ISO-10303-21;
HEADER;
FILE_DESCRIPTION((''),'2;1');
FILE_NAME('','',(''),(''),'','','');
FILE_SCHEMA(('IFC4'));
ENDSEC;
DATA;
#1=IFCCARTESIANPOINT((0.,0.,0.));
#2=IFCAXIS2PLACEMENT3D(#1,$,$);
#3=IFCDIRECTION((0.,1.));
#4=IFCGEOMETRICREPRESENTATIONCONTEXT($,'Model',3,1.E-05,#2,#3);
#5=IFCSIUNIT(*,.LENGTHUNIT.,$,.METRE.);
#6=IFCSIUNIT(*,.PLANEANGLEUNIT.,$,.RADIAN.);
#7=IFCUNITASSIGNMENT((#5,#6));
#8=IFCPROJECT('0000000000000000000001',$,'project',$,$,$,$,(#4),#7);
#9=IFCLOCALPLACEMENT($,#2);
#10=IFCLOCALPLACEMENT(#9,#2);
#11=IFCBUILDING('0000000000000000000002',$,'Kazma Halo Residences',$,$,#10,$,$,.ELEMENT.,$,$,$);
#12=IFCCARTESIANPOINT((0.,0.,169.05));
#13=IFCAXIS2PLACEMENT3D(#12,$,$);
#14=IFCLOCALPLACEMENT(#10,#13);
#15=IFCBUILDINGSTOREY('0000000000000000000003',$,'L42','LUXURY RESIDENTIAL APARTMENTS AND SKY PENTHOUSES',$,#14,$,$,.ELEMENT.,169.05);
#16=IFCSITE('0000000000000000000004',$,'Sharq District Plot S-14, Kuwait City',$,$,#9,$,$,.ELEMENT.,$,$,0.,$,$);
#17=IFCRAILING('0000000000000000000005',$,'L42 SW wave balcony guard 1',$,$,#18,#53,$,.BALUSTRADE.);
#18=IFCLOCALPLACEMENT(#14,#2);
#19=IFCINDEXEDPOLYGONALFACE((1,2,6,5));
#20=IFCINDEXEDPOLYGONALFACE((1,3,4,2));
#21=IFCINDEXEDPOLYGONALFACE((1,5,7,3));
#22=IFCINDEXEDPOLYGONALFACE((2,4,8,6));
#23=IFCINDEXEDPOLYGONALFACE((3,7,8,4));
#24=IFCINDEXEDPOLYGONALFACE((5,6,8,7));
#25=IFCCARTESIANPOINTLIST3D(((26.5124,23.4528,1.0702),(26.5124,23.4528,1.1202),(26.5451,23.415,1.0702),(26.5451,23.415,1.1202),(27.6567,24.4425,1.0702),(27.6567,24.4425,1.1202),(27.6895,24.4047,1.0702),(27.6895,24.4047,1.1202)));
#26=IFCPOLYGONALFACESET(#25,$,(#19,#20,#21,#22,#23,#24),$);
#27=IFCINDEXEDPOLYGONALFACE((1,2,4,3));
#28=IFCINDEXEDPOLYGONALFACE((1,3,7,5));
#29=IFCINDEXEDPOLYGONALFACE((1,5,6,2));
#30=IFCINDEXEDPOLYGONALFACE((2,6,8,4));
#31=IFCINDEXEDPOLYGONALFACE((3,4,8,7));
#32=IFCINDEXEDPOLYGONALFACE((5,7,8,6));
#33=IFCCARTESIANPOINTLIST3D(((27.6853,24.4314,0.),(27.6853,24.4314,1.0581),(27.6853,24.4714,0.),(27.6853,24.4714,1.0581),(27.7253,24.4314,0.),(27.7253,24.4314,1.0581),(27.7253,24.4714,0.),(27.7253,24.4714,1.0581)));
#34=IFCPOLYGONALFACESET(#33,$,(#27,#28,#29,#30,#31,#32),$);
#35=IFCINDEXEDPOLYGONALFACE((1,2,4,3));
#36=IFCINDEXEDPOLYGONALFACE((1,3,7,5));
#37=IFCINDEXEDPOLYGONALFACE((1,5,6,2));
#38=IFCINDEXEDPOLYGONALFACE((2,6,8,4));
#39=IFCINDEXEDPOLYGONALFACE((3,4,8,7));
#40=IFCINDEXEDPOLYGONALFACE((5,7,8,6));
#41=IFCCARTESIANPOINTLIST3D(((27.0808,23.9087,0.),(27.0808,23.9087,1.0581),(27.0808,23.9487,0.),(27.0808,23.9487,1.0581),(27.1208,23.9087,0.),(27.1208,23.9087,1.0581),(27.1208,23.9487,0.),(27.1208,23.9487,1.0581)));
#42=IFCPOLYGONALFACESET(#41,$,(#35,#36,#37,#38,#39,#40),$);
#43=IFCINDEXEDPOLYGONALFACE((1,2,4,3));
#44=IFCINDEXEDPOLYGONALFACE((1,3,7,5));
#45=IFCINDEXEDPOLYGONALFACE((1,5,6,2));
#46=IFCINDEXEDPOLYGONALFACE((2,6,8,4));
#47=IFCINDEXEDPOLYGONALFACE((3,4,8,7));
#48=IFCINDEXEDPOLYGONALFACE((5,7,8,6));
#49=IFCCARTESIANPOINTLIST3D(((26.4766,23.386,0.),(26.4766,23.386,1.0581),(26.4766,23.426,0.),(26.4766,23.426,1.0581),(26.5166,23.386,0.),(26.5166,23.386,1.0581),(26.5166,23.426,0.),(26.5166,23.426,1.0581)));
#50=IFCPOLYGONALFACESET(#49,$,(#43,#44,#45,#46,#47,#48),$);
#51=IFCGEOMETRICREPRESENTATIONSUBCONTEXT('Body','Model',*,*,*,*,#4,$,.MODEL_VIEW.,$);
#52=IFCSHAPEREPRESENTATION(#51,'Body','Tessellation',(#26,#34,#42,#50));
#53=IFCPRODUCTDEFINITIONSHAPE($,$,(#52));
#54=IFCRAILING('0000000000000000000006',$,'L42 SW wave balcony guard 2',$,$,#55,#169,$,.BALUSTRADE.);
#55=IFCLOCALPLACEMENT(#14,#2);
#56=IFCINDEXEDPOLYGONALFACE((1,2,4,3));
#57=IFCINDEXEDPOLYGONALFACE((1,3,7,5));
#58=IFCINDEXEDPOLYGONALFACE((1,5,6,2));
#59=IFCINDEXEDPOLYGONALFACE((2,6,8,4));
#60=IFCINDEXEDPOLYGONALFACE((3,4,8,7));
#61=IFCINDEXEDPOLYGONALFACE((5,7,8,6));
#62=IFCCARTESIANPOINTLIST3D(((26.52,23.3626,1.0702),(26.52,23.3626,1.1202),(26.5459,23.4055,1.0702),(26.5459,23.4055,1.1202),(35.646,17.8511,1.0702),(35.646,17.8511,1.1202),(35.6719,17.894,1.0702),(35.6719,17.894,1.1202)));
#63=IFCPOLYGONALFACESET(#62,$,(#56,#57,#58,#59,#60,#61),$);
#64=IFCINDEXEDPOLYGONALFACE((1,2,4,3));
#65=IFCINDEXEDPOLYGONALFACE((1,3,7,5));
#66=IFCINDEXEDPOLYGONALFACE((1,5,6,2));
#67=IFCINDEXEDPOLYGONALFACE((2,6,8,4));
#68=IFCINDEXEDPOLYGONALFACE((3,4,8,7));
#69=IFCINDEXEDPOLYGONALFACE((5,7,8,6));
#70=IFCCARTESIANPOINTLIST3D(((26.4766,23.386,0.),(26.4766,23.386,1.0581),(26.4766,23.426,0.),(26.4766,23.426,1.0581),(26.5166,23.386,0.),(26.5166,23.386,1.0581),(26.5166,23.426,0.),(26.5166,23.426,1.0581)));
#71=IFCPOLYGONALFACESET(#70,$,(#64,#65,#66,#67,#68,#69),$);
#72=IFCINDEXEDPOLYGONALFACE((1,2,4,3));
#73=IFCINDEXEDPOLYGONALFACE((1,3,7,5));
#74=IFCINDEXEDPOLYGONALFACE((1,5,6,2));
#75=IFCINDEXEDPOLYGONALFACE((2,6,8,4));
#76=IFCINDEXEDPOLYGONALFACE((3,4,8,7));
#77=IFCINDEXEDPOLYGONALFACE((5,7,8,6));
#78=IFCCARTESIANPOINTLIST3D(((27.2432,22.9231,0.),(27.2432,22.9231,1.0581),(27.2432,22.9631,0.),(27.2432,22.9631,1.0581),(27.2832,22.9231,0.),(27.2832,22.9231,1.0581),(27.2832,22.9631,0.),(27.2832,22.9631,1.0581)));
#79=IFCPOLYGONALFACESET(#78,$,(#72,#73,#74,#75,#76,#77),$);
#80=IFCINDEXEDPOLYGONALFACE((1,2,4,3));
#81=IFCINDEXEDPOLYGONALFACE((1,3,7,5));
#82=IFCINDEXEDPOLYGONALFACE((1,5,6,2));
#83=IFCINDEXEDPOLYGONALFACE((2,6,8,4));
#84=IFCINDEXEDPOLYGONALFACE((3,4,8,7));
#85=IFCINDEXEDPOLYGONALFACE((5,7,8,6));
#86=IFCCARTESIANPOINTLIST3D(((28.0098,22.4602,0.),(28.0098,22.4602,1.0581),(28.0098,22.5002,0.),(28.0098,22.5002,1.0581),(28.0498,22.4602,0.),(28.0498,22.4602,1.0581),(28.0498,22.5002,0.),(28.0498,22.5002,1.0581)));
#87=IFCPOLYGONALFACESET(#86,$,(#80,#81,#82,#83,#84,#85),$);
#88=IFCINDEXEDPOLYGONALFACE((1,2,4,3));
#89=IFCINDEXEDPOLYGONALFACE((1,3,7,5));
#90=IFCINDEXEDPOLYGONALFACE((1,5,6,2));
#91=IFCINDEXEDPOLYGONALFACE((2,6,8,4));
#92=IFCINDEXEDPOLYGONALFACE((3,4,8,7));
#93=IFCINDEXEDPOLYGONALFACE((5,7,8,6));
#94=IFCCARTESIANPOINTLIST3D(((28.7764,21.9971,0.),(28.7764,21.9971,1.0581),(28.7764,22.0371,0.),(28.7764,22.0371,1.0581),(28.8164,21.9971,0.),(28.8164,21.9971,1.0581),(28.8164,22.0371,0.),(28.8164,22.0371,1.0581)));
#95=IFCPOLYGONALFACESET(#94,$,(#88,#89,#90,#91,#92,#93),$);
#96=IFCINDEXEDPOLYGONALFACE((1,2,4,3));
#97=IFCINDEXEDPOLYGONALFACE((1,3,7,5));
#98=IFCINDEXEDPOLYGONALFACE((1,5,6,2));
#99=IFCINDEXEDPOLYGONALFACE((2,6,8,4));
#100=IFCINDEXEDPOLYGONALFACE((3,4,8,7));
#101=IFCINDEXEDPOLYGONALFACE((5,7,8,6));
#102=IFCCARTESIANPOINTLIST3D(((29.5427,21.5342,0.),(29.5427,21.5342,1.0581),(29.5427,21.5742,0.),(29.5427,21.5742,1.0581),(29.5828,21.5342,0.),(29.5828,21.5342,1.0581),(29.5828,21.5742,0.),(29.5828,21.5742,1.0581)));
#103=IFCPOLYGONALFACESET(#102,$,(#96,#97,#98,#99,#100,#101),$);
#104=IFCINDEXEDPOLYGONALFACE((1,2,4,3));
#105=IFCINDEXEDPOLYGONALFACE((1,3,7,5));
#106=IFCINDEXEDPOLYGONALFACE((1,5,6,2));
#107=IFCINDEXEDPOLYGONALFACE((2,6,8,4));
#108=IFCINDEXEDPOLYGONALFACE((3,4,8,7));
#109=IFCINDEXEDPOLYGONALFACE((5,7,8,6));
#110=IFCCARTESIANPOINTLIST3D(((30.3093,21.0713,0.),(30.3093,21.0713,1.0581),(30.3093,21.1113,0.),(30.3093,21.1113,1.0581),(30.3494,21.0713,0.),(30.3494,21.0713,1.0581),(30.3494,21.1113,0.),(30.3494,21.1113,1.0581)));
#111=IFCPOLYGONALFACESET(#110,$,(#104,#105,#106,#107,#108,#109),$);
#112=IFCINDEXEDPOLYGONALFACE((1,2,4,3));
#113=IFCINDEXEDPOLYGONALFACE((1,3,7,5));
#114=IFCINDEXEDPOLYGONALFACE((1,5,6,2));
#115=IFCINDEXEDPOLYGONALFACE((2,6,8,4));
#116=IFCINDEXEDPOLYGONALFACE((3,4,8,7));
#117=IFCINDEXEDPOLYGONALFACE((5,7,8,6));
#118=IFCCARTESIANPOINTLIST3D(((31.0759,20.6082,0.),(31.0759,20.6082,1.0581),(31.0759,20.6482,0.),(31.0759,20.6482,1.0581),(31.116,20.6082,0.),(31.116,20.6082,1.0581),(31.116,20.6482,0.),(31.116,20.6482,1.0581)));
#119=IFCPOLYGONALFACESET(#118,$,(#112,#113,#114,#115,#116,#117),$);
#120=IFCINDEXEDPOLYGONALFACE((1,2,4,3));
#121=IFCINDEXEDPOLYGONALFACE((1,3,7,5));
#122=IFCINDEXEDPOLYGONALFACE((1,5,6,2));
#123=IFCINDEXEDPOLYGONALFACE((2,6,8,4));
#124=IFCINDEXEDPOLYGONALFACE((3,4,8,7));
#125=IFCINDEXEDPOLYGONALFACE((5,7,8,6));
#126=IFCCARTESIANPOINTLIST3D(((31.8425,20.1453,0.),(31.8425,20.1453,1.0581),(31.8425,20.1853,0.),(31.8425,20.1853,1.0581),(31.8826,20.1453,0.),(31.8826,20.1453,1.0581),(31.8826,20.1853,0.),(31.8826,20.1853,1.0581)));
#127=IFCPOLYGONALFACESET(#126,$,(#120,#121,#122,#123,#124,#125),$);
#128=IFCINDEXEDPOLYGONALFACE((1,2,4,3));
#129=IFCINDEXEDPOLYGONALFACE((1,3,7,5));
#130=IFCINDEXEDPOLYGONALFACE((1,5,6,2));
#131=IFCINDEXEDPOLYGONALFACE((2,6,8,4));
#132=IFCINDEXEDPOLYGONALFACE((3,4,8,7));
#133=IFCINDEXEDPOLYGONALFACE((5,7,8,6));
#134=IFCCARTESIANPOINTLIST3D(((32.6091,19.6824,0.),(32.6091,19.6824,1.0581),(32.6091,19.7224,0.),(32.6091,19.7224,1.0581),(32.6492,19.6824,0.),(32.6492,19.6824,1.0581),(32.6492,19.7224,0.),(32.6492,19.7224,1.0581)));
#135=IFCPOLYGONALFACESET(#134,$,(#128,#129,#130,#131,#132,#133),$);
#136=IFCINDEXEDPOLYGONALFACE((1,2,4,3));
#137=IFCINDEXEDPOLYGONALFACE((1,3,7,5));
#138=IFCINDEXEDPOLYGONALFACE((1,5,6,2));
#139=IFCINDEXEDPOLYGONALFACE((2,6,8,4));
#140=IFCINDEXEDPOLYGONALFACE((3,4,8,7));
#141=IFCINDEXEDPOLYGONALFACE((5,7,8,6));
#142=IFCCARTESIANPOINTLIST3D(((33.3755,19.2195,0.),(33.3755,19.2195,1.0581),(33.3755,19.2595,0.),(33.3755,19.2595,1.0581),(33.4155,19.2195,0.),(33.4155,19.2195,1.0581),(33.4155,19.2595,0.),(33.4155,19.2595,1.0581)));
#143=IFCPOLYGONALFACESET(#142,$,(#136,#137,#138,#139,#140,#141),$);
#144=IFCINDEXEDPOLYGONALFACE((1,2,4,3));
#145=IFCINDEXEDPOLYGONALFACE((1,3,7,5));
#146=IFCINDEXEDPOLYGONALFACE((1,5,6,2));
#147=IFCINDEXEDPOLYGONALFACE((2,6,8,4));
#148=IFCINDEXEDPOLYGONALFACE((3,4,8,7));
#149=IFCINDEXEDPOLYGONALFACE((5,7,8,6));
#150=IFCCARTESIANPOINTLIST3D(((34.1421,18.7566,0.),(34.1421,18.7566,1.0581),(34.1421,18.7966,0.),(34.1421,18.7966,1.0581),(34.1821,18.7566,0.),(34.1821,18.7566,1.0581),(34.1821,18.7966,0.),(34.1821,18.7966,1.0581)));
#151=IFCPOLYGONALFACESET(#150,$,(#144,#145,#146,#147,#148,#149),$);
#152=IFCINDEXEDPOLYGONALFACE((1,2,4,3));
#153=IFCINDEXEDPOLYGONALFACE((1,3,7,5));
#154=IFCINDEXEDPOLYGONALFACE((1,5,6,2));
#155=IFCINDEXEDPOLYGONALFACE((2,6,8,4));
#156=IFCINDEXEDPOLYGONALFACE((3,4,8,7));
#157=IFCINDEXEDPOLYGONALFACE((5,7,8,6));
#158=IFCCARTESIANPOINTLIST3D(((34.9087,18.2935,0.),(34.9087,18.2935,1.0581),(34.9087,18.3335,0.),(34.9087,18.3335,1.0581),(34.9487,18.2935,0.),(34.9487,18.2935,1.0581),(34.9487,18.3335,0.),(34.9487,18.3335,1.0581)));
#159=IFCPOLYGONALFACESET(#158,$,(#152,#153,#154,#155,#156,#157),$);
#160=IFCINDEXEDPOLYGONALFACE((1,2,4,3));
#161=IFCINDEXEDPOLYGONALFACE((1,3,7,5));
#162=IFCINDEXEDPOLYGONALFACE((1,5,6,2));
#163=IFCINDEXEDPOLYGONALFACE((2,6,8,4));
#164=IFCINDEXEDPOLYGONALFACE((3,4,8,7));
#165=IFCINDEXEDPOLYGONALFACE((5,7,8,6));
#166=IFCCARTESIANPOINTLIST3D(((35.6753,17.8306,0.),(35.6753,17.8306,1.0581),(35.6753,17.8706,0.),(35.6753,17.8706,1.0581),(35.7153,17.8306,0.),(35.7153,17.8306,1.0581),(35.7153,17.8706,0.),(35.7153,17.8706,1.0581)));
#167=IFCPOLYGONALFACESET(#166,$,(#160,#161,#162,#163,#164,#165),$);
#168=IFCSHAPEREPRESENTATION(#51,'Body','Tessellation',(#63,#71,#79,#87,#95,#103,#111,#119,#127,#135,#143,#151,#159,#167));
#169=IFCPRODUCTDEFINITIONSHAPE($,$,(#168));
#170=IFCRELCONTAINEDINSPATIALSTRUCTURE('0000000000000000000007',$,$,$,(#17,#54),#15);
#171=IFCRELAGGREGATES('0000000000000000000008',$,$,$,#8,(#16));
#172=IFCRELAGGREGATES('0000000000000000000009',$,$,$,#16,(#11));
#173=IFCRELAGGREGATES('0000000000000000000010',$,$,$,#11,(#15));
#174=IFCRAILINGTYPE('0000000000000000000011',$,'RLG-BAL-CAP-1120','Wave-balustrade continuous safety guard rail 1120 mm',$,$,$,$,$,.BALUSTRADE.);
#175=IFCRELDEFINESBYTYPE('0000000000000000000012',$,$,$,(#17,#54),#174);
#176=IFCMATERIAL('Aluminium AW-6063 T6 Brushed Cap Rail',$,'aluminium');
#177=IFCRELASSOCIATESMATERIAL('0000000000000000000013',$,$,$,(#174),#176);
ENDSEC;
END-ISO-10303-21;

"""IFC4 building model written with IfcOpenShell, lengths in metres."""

from ifc_helpers import new_model, si_unit, direction, frame, origin, origin_2d, place, context, subcontext, project, spatial, rectangle, extrude, material, type_object, element, save


model = new_model("IFC4")

# Units and contexts
model_context = context("Model", 3, precision=1e-05, world=origin(), true_north=direction((0.0, 1.0)))
body_context = subcontext(model_context, "Body", "Model", "MODEL_VIEW")
ifc_project = project(units=[si_unit("LENGTHUNIT", "METRE"), si_unit("PLANEANGLEUNIT", "RADIAN")], contexts=[model_context])

# Site, building, storey
site_placement = place(None, origin())
site = spatial("IfcSite", under=ifc_project, at=site_placement, Name="Sharq District Plot S-14, Kuwait City", CompositionType="ELEMENT", RefElevation=0.0)
building_placement = place(site_placement, origin())
building = spatial("IfcBuilding", under=site, at=building_placement, Name="Kazma Halo Residences", CompositionType="ELEMENT")
storey_placement = place(building_placement, frame((0.0, 0.0, 169.05)))
storey = spatial("IfcBuildingStorey", under=building, at=storey_placement, Name="L42", Description="LUXURY RESIDENTIAL APARTMENTS AND SKY PENTHOUSES", CompositionType="ELEMENT", Elevation=169.05)

# Railings
ifc_material_1 = material(Name="Aluminium AW-6063 T6 Brushed Cap Rail", Category="aluminium")
railing_type = type_object("IfcRailingType", Name="RLG-BAL-CAP-1120", Description="Wave-balustrade continuous safety guard rail 1120 mm", PredefinedType="BALUSTRADE", material=ifc_material_1)
railing_1_placement = place(storey_placement, frame((27.7053, 24.4514, 0.0)))
element("IfcRailing", 1, at=railing_1_placement, inside=storey, type_object=railing_type, Name="L42 SW wave balcony guard 1", PredefinedType="BALUSTRADE", context=body_context, shape_type="SweptSolid", body=[
    extrude(rectangle(XDim=0.05, YDim=0.05, at=origin_2d()), frame((-0.0322, -0.0278, 1.0952), z_axis=(-0.756359, -0.654157, 0.0), x_axis=(0.654157, -0.756359, 0.0)), (0.0, 0.0, 1.0), 1.5129),
    extrude(rectangle(XDim=0.04, YDim=0.04, at=origin_2d()), origin(), (0.0, 0.0, 1.0), 1.0581),
    extrude(rectangle(XDim=0.04, YDim=0.04, at=origin_2d()), frame((-0.6045, -0.5227, 0.0)), (0.0, 0.0, 1.0), 1.0581),
    extrude(rectangle(XDim=0.04, YDim=0.04, at=origin_2d()), frame((-1.2087, -1.0454, 0.0)), (0.0, 0.0, 1.0), 1.0581),
])
railing_2_placement = place(storey_placement, frame((26.4966, 23.406, 0.0)))
element("IfcRailing", 2, at=railing_2_placement, inside=storey, type_object=railing_type, Name="L42 SW wave balcony guard 2", PredefinedType="BALUSTRADE", context=body_context, shape_type="SweptSolid", body=[
    extrude(rectangle(XDim=0.05, YDim=0.05, at=origin_2d()), frame((0.0364, -0.022, 1.0952), z_axis=(0.856004, -0.516969, 0.0), x_axis=(0.516969, 0.856004, 0.0)), (0.0, 0.0, 1.0), 10.6611),
    extrude(rectangle(XDim=0.04, YDim=0.04, at=origin_2d()), origin(), (0.0, 0.0, 1.0), 1.0581),
    extrude(rectangle(XDim=0.04, YDim=0.04, at=origin_2d()), frame((0.7666, -0.4629, 0.0)), (0.0, 0.0, 1.0), 1.0581),
    extrude(rectangle(XDim=0.04, YDim=0.04, at=origin_2d()), frame((1.5332, -0.9258, 0.0)), (0.0, 0.0, 1.0), 1.0581),
    extrude(rectangle(XDim=0.04, YDim=0.04, at=origin_2d()), frame((2.2998, -1.3889, 0.0)), (0.0, 0.0, 1.0), 1.0581),
    extrude(rectangle(XDim=0.04, YDim=0.04, at=origin_2d()), frame((3.0662, -1.8518, 0.0)), (0.0, 0.0, 1.0), 1.0581),
    extrude(rectangle(XDim=0.04, YDim=0.04, at=origin_2d()), frame((3.8328, -2.3147, 0.0)), (0.0, 0.0, 1.0), 1.0581),
    extrude(rectangle(XDim=0.04, YDim=0.04, at=origin_2d()), frame((4.5994, -2.7778, 0.0)), (0.0, 0.0, 1.0), 1.0581),
    extrude(rectangle(XDim=0.04, YDim=0.04, at=origin_2d()), frame((5.366, -3.2407, 0.0)), (0.0, 0.0, 1.0), 1.0581),
    extrude(rectangle(XDim=0.04, YDim=0.04, at=origin_2d()), frame((6.1326, -3.7036, 0.0)), (0.0, 0.0, 1.0), 1.0581),
    extrude(rectangle(XDim=0.04, YDim=0.04, at=origin_2d()), frame((6.8989, -4.1665, 0.0)), (0.0, 0.0, 1.0), 1.0581),
    extrude(rectangle(XDim=0.04, YDim=0.04, at=origin_2d()), frame((7.6655, -4.6294, 0.0)), (0.0, 0.0, 1.0), 1.0581),
    extrude(rectangle(XDim=0.04, YDim=0.04, at=origin_2d()), frame((8.4321, -5.0925, 0.0)), (0.0, 0.0, 1.0), 1.0581),
    extrude(rectangle(XDim=0.04, YDim=0.04, at=origin_2d()), frame((9.1987, -5.5554, 0.0)), (0.0, 0.0, 1.0), 1.0581),
])

save(model, "model.ifc")
